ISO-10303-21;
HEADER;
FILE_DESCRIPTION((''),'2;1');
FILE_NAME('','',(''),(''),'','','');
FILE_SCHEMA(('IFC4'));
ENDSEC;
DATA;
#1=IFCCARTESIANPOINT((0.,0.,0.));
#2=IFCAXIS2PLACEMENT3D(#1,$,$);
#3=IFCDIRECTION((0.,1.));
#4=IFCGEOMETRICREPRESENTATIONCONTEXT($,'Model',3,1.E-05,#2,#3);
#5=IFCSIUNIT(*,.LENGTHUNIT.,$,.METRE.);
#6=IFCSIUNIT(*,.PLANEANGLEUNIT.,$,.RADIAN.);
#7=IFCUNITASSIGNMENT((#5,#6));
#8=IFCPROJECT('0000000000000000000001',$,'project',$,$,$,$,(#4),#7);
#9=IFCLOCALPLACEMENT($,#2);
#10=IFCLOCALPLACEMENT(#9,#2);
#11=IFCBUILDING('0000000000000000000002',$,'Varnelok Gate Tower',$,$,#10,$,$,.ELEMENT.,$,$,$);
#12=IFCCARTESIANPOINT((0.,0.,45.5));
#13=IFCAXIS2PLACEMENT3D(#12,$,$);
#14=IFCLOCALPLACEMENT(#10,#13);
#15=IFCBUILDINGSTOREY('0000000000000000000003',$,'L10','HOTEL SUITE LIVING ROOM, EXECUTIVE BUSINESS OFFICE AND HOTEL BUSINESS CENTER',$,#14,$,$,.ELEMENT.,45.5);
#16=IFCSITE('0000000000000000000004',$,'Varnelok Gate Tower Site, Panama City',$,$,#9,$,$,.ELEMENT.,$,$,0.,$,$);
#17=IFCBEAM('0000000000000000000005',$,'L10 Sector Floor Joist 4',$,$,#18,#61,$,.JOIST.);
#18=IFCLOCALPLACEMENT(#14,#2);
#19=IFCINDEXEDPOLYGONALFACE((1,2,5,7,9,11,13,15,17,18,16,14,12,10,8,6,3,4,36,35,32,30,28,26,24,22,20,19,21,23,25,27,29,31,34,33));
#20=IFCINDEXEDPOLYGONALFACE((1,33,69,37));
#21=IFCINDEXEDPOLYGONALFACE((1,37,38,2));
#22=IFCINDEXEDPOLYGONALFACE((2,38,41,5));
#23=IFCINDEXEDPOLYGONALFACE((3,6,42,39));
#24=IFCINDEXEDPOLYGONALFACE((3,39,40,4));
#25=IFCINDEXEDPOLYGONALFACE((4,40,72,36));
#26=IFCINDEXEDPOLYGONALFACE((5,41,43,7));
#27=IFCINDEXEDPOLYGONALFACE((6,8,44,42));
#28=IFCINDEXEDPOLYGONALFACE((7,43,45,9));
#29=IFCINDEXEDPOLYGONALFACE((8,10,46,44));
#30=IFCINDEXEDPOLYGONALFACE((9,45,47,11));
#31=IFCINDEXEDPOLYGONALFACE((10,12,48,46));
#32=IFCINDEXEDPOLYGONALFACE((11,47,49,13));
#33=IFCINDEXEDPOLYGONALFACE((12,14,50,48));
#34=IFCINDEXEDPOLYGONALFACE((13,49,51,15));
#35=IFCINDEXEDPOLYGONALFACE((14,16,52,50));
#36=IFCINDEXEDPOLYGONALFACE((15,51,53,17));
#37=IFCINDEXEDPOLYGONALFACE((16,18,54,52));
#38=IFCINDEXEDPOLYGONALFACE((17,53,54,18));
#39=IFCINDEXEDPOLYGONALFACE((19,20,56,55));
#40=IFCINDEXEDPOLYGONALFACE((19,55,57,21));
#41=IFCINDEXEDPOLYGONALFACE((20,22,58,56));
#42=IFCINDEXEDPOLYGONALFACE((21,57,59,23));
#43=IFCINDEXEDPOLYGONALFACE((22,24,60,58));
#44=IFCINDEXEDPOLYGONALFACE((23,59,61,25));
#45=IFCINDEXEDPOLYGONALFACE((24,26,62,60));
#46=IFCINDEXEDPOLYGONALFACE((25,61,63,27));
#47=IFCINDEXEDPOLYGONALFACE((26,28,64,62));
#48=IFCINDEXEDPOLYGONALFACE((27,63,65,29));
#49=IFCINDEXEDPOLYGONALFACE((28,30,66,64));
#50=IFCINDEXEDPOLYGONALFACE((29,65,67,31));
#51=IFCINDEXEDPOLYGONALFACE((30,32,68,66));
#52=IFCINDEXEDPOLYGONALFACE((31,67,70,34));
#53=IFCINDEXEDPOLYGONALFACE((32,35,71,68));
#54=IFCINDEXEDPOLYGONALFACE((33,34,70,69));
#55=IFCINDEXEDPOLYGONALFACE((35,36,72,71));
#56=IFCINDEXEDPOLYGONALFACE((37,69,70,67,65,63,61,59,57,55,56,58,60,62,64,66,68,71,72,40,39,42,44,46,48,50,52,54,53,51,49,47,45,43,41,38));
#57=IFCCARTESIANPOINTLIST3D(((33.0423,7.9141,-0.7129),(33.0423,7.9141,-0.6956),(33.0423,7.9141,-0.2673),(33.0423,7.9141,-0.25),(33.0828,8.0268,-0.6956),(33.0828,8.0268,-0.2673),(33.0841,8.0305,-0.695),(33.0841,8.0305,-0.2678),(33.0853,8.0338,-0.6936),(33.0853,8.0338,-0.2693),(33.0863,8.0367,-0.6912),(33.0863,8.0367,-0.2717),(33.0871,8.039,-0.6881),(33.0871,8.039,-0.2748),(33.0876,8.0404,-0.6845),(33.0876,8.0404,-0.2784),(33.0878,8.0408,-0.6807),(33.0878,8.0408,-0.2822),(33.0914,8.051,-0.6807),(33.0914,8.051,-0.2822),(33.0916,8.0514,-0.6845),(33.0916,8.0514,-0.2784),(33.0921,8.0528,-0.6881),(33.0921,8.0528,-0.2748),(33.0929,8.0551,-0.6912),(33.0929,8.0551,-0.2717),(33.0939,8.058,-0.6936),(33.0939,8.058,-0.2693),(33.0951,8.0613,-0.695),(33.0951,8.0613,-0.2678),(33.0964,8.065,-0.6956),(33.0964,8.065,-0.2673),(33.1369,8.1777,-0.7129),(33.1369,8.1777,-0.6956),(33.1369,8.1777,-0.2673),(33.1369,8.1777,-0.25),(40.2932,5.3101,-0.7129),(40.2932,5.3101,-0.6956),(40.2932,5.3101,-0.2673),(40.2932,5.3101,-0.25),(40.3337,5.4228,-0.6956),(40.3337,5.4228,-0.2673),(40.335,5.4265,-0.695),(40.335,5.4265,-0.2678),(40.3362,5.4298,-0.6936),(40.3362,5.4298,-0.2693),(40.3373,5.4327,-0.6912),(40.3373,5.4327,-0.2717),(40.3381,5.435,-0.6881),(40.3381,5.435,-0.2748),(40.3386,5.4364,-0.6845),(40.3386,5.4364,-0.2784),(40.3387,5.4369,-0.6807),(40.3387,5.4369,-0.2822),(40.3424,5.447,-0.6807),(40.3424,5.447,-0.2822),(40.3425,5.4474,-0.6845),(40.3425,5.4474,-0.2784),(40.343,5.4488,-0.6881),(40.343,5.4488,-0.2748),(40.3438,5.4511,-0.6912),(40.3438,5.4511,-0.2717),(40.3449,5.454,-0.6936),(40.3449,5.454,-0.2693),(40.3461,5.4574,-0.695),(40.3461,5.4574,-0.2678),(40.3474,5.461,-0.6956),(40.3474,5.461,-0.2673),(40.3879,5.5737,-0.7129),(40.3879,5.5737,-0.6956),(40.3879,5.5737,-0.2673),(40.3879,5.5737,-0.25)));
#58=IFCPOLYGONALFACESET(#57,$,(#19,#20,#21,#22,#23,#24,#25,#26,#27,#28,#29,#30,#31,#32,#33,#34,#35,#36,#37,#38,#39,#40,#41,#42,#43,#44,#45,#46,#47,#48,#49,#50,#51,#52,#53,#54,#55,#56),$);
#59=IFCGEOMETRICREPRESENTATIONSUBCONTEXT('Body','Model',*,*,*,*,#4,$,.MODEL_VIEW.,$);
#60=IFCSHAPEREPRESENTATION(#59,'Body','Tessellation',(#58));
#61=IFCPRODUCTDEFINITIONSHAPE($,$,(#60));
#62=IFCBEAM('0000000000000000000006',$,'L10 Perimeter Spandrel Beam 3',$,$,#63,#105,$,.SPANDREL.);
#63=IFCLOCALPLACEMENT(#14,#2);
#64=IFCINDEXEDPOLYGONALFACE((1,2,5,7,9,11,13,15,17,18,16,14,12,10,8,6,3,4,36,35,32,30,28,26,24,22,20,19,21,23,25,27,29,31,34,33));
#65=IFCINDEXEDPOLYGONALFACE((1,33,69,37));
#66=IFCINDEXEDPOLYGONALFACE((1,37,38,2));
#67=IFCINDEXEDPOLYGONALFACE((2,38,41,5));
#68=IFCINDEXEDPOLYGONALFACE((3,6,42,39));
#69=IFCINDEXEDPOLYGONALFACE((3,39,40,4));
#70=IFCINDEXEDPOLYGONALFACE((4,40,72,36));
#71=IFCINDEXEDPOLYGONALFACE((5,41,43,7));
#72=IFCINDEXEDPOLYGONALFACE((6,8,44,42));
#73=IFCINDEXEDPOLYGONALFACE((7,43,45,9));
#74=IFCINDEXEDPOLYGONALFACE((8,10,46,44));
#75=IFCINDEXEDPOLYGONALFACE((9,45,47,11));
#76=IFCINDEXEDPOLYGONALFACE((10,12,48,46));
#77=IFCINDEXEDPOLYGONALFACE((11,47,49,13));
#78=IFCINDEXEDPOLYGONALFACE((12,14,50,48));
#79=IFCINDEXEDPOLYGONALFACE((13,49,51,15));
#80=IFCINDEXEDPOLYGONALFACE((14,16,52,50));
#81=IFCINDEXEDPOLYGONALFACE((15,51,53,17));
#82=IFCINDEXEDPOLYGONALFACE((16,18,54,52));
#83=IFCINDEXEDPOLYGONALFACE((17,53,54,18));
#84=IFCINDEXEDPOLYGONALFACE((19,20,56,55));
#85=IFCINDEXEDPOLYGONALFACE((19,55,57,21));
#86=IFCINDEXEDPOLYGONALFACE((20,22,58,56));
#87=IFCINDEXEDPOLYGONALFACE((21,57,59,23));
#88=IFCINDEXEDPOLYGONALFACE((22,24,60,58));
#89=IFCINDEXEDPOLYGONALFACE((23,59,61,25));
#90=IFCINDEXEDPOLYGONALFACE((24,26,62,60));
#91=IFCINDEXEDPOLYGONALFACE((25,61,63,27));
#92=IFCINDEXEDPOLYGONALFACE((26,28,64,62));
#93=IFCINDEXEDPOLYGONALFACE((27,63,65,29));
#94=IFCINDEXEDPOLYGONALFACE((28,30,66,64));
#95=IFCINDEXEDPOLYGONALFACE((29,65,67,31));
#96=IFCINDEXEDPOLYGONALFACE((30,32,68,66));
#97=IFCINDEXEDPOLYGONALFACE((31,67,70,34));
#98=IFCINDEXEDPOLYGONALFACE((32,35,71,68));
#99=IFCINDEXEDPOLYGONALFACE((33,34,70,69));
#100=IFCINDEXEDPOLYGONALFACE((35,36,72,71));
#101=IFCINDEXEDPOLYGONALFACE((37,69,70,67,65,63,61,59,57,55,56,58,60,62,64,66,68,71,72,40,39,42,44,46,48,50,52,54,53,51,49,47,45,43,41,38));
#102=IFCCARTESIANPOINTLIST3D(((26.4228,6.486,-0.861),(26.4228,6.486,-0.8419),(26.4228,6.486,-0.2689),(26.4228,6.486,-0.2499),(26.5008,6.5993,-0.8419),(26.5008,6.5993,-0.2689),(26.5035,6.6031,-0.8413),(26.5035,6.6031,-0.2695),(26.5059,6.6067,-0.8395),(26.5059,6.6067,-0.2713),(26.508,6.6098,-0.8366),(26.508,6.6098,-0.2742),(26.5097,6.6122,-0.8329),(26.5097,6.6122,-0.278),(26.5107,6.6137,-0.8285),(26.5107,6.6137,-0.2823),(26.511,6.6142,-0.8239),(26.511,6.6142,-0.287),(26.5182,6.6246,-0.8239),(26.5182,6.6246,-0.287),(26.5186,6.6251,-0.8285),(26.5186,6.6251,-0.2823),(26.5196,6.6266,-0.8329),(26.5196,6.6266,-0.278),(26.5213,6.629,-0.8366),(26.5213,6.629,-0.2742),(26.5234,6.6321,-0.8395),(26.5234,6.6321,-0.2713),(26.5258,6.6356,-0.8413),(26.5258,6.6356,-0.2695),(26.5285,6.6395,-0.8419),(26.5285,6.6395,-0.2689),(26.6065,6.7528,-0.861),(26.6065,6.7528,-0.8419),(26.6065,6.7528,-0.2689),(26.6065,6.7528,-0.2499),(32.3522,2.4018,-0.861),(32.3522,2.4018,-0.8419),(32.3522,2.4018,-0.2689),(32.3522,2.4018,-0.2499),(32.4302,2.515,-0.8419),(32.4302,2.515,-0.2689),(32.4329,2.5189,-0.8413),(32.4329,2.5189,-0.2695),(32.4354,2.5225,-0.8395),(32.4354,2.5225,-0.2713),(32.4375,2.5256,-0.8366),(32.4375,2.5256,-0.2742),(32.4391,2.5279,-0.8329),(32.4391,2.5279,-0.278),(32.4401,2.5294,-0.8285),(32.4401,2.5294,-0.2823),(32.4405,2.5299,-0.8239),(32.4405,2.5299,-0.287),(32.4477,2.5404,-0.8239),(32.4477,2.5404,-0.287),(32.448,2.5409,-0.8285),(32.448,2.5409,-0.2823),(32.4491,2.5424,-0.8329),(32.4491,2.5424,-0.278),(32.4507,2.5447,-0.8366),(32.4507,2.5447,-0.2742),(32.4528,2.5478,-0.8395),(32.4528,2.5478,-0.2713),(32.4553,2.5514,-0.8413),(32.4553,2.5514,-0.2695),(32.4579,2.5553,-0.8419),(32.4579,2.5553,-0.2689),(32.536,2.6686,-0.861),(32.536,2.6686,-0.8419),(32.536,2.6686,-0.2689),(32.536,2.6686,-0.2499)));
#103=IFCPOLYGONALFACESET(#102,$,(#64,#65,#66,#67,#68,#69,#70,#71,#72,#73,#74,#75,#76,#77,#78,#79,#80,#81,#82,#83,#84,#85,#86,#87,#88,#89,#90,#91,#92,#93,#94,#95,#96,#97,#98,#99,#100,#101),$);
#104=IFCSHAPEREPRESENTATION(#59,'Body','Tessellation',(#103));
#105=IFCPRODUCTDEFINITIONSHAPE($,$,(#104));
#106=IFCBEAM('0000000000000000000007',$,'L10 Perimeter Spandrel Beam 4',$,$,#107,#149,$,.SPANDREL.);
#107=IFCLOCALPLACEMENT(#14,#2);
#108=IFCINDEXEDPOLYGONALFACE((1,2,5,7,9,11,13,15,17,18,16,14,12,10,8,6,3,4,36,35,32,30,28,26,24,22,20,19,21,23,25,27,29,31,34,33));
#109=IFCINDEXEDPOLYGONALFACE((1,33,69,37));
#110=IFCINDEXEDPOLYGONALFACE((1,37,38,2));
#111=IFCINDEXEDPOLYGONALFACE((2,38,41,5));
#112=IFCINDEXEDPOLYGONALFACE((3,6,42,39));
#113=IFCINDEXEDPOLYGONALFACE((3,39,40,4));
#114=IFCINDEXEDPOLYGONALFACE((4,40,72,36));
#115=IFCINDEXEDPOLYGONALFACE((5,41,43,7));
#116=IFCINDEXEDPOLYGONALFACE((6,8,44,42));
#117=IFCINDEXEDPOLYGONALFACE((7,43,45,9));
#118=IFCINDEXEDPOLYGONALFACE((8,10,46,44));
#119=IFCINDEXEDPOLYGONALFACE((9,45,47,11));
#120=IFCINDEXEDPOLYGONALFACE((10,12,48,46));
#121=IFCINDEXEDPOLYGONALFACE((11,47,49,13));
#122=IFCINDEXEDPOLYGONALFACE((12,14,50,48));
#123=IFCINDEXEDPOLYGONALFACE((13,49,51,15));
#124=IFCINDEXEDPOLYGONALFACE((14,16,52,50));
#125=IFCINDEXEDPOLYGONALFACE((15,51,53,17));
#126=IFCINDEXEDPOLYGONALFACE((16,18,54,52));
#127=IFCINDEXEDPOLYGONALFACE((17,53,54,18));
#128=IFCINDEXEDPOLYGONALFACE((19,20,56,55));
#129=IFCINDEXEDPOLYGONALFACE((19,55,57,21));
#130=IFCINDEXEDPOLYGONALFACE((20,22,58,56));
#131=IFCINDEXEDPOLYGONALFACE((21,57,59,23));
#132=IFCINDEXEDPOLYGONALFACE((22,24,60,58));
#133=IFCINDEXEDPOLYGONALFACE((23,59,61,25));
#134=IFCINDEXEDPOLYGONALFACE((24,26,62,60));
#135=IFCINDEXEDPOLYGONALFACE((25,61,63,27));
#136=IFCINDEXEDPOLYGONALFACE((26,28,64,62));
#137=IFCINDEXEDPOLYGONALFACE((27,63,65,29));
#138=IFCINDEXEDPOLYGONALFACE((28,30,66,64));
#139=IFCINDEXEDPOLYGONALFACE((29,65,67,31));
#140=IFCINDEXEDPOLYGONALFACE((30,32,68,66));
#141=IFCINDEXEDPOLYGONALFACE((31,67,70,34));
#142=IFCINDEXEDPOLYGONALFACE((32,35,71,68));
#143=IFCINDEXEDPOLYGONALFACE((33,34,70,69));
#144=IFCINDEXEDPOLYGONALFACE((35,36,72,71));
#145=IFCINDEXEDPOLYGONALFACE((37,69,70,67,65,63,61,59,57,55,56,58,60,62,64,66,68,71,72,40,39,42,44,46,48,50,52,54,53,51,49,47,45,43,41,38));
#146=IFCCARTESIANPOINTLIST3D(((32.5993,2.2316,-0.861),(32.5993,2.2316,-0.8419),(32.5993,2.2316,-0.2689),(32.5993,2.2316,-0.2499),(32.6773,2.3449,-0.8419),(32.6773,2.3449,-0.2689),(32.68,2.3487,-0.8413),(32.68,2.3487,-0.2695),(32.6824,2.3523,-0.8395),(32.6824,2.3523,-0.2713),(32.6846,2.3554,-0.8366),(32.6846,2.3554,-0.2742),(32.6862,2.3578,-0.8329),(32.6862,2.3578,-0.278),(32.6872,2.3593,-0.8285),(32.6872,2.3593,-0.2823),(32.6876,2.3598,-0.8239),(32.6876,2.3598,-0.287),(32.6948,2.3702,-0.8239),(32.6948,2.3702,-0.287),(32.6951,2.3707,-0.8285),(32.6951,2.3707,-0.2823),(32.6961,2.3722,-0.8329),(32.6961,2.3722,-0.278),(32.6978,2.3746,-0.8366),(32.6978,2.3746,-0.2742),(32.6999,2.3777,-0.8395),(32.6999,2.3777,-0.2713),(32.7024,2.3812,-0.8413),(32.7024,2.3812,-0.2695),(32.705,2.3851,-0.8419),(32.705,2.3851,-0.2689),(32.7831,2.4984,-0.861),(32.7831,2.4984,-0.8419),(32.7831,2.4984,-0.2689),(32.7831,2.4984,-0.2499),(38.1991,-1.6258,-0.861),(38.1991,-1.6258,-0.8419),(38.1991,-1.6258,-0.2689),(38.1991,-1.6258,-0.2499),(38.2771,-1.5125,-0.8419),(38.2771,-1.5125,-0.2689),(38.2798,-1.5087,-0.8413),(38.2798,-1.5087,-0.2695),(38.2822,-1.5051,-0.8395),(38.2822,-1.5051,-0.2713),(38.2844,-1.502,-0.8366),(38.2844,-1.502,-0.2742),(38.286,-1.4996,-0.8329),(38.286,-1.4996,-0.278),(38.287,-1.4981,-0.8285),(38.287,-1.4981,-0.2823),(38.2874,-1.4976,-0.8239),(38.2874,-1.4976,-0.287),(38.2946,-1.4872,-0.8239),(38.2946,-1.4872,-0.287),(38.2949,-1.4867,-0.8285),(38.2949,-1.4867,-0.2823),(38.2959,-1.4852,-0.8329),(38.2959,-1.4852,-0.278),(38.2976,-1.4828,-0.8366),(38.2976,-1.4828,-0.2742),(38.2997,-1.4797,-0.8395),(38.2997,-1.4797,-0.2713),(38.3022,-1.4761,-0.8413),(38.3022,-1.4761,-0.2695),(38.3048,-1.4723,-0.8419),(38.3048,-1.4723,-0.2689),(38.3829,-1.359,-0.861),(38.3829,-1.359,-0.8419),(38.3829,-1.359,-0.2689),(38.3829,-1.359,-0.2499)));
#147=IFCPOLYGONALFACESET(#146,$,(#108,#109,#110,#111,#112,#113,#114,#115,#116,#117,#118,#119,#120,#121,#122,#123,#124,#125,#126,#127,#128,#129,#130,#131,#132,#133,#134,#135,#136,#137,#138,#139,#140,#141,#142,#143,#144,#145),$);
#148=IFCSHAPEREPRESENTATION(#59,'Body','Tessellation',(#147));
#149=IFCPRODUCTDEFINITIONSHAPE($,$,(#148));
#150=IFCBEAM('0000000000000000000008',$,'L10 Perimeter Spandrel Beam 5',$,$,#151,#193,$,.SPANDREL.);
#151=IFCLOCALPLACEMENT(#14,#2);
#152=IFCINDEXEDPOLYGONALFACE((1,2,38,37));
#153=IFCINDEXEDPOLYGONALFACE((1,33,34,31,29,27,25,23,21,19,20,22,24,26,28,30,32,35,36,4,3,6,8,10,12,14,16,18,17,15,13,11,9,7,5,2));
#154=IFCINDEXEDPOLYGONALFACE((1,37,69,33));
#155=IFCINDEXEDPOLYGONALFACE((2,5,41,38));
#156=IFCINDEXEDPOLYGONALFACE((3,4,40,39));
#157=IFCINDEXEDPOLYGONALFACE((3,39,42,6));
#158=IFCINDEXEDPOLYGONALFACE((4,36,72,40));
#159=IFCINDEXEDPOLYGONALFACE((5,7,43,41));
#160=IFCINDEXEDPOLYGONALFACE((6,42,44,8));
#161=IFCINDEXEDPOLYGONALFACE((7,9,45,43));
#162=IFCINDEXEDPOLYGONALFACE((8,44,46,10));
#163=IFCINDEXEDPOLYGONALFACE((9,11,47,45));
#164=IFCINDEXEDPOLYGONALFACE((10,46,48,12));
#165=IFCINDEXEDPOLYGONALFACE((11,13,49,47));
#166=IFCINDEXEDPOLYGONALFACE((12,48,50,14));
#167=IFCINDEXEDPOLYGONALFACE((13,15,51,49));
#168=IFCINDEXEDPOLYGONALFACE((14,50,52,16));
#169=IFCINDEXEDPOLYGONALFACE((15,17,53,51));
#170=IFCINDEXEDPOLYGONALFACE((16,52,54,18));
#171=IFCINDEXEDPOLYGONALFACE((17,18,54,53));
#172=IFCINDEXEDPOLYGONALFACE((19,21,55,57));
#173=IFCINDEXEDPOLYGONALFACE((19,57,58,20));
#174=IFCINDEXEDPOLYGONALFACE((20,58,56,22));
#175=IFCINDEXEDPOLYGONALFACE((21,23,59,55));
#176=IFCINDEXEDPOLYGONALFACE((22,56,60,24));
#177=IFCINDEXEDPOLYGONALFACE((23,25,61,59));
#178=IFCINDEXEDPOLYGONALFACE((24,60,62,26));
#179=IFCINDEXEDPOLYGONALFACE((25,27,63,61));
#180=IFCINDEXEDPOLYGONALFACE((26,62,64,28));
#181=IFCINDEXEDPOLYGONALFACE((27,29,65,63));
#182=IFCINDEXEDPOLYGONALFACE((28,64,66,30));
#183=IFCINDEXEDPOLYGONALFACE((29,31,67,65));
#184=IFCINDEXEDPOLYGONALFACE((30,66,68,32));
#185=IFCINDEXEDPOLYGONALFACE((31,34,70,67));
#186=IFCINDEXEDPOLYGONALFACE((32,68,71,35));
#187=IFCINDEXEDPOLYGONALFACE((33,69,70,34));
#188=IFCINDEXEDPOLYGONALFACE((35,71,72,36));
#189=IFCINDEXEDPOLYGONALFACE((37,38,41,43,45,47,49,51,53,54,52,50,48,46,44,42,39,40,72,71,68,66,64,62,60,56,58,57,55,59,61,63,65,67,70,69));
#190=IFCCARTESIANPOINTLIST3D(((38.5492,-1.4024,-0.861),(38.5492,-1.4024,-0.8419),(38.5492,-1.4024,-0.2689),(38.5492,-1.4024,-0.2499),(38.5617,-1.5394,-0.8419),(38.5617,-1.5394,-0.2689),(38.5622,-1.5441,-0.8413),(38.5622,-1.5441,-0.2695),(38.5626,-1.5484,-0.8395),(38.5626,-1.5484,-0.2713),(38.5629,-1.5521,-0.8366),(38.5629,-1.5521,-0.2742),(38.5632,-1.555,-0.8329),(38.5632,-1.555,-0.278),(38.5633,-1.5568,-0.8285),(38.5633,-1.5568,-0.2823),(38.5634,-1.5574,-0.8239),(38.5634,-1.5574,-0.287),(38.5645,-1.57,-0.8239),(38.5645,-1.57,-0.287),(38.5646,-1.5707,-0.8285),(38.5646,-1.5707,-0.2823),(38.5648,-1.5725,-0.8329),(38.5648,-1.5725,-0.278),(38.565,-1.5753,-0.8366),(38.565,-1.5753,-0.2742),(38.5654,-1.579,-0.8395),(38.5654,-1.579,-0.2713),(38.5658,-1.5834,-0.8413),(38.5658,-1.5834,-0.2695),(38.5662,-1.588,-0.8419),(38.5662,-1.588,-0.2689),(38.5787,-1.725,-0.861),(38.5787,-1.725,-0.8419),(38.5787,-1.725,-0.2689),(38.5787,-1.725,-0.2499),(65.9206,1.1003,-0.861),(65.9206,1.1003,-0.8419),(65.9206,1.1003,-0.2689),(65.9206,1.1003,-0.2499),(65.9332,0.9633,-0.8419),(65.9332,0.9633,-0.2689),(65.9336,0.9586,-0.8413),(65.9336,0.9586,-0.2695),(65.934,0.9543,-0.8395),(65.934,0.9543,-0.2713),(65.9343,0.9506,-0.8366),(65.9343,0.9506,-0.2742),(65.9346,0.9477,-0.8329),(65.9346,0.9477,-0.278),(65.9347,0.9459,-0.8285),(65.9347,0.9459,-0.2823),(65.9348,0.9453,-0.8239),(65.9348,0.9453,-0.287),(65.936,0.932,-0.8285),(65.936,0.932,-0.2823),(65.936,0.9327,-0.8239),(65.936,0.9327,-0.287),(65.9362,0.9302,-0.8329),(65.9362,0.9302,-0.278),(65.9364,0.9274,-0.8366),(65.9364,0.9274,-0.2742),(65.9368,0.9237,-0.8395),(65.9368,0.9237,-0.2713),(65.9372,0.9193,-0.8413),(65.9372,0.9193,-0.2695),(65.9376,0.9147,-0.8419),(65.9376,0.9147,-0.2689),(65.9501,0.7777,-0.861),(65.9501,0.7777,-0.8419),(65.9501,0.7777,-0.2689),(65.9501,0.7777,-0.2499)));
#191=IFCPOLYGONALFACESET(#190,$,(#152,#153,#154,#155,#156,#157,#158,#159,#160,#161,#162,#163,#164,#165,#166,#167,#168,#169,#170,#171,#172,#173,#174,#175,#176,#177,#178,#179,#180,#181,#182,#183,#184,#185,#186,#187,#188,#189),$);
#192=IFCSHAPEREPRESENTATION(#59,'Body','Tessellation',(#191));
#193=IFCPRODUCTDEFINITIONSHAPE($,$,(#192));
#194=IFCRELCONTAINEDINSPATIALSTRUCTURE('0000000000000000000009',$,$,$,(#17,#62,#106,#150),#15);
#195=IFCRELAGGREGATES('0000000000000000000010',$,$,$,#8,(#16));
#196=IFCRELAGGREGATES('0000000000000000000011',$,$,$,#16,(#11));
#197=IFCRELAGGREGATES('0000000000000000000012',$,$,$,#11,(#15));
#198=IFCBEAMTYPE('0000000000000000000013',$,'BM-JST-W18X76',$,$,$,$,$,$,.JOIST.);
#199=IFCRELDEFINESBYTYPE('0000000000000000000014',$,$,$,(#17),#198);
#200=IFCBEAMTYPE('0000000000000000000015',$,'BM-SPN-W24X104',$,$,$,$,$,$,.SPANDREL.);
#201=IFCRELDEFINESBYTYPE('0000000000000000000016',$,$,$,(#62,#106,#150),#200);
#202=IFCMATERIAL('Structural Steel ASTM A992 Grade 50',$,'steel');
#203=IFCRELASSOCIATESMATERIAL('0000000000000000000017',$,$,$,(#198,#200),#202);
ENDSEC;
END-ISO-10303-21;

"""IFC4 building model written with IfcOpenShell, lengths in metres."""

from ifc_helpers import new_model, si_unit, direction, frame, origin, origin_2d, place, context, subcontext, project, spatial, i_section, extrude, material, material_profile, profile_set, type_object, element, save


model = new_model("IFC4")

# Units and contexts
model_context = context("Model", 3, precision=1e-05, world=origin(), true_north=direction((0.0, 1.0)))
body_context = subcontext(model_context, "Body", "Model", "MODEL_VIEW")
ifc_project = project(units=[si_unit("LENGTHUNIT", "METRE"), si_unit("PLANEANGLEUNIT", "RADIAN")], contexts=[model_context])

# Site, building, storey
site_placement = place(None, origin())
site = spatial("IfcSite", under=ifc_project, at=site_placement, Name="Varnelok Gate Tower Site, Panama City", CompositionType="ELEMENT", RefElevation=0.0)
building_placement = place(site_placement, origin())
building = spatial("IfcBuilding", under=site, at=building_placement, Name="Varnelok Gate Tower", CompositionType="ELEMENT")
storey_placement = place(building_placement, frame((0.0, 0.0, 45.5)))
storey = spatial("IfcBuildingStorey", under=building, at=storey_placement, Name="L10", Description="HOTEL SUITE LIVING ROOM, EXECUTIVE BUSINESS OFFICE AND HOTEL BUSINESS CENTER", CompositionType="ELEMENT", Elevation=45.5)

# Shared definitions
ifc_material_1 = material(Name="Structural Steel ASTM A992 Grade 50", Category="steel")

# Beams
ifc_material_profile_1 = material_profile(ifc_material_1, i_section(OverallWidth=0.28, OverallDepth=0.4629, WebThickness=0.0107, FlangeThickness=0.0173, FilletRadius=0.0149, at=origin_2d()), Name="W18X76")
ifc_profile_set_1 = profile_set([ifc_material_profile_1], Name="Structural Steel ASTM A992 Grade 50")
beam_type_1 = type_object("IfcBeamType", Name="BM-JST-W18X76", PredefinedType="JOIST", material=ifc_profile_set_1)
beam_1_placement = place(storey_placement, frame((33.0896, 8.0459, -0.4814), z_axis=(0.94115, -0.33799, 0.0), x_axis=(0.33799, 0.94115, 0.0)))
element("IfcBeam", 1, at=beam_1_placement, inside=storey, type_object=beam_type_1, Name="L10 Sector Floor Joist 4", PredefinedType="JOIST", context=body_context, shape_type="SweptSolid", body=[
    extrude(i_section(OverallWidth=0.28, OverallDepth=0.4629, WebThickness=0.0107, FlangeThickness=0.0173, FilletRadius=0.0149, at=origin_2d()), origin(), (0.0, 0.0, 1.0), 7.7043),
])
ifc_material_profile_2 = material_profile(ifc_material_1, i_section(OverallWidth=0.324, OverallDepth=0.6111, WebThickness=0.0127, FlangeThickness=0.019, FilletRadius=0.0181, at=origin_2d()), Name="W24X104")
ifc_profile_set_2 = profile_set([ifc_material_profile_2], Name="Structural Steel ASTM A992 Grade 50")
beam_type_2 = type_object("IfcBeamType", Name="BM-SPN-W24X104", PredefinedType="SPANDREL", material=ifc_profile_set_2)
beam_2_placement = place(storey_placement, frame((26.5146, 6.6194, -0.5554), z_axis=(0.82354, -0.567258, 0.0), x_axis=(0.567258, 0.82354, 0.0)))
element("IfcBeam", 2, at=beam_2_placement, inside=storey, type_object=beam_type_2, Name="L10 Perimeter Spandrel Beam 3", PredefinedType="SPANDREL", context=body_context, shape_type="SweptSolid", body=[
    extrude(i_section(OverallWidth=0.324, OverallDepth=0.6111, WebThickness=0.0127, FlangeThickness=0.019, FilletRadius=0.0181, at=origin_2d()), origin(), (0.0, 0.0, 1.0), 7.2),
])
beam_3_placement = place(storey_placement, frame((32.6912, 2.365, -0.5554), z_axis=(0.823525, -0.56728, 0.0), x_axis=(0.56728, 0.823525, 0.0)))
element("IfcBeam", 3, at=beam_3_placement, inside=storey, type_object=beam_type_2, Name="L10 Perimeter Spandrel Beam 4", PredefinedType="SPANDREL", context=body_context, shape_type="SweptSolid", body=[
    extrude(i_section(OverallWidth=0.324, OverallDepth=0.6111, WebThickness=0.0127, FlangeThickness=0.019, FilletRadius=0.0181, at=origin_2d()), origin(), (0.0, 0.0, 1.0), 6.7998),
])
beam_4_placement = place(storey_placement, frame((38.564, -1.5637, -0.5554), z_axis=(0.995846, 0.091055, 0.0), x_axis=(-0.091055, 0.995846, 0.0)))
element("IfcBeam", 4, at=beam_4_placement, inside=storey, type_object=beam_type_2, Name="L10 Perimeter Spandrel Beam 5", PredefinedType="SPANDREL", context=body_context, shape_type="SweptSolid", body=[
    extrude(i_section(OverallWidth=0.324, OverallDepth=0.6111, WebThickness=0.0127, FlangeThickness=0.019, FilletRadius=0.0181, at=origin_2d()), origin(), (0.0, 0.0, 1.0), 27.4856),
])

save(model, "model.ifc")
